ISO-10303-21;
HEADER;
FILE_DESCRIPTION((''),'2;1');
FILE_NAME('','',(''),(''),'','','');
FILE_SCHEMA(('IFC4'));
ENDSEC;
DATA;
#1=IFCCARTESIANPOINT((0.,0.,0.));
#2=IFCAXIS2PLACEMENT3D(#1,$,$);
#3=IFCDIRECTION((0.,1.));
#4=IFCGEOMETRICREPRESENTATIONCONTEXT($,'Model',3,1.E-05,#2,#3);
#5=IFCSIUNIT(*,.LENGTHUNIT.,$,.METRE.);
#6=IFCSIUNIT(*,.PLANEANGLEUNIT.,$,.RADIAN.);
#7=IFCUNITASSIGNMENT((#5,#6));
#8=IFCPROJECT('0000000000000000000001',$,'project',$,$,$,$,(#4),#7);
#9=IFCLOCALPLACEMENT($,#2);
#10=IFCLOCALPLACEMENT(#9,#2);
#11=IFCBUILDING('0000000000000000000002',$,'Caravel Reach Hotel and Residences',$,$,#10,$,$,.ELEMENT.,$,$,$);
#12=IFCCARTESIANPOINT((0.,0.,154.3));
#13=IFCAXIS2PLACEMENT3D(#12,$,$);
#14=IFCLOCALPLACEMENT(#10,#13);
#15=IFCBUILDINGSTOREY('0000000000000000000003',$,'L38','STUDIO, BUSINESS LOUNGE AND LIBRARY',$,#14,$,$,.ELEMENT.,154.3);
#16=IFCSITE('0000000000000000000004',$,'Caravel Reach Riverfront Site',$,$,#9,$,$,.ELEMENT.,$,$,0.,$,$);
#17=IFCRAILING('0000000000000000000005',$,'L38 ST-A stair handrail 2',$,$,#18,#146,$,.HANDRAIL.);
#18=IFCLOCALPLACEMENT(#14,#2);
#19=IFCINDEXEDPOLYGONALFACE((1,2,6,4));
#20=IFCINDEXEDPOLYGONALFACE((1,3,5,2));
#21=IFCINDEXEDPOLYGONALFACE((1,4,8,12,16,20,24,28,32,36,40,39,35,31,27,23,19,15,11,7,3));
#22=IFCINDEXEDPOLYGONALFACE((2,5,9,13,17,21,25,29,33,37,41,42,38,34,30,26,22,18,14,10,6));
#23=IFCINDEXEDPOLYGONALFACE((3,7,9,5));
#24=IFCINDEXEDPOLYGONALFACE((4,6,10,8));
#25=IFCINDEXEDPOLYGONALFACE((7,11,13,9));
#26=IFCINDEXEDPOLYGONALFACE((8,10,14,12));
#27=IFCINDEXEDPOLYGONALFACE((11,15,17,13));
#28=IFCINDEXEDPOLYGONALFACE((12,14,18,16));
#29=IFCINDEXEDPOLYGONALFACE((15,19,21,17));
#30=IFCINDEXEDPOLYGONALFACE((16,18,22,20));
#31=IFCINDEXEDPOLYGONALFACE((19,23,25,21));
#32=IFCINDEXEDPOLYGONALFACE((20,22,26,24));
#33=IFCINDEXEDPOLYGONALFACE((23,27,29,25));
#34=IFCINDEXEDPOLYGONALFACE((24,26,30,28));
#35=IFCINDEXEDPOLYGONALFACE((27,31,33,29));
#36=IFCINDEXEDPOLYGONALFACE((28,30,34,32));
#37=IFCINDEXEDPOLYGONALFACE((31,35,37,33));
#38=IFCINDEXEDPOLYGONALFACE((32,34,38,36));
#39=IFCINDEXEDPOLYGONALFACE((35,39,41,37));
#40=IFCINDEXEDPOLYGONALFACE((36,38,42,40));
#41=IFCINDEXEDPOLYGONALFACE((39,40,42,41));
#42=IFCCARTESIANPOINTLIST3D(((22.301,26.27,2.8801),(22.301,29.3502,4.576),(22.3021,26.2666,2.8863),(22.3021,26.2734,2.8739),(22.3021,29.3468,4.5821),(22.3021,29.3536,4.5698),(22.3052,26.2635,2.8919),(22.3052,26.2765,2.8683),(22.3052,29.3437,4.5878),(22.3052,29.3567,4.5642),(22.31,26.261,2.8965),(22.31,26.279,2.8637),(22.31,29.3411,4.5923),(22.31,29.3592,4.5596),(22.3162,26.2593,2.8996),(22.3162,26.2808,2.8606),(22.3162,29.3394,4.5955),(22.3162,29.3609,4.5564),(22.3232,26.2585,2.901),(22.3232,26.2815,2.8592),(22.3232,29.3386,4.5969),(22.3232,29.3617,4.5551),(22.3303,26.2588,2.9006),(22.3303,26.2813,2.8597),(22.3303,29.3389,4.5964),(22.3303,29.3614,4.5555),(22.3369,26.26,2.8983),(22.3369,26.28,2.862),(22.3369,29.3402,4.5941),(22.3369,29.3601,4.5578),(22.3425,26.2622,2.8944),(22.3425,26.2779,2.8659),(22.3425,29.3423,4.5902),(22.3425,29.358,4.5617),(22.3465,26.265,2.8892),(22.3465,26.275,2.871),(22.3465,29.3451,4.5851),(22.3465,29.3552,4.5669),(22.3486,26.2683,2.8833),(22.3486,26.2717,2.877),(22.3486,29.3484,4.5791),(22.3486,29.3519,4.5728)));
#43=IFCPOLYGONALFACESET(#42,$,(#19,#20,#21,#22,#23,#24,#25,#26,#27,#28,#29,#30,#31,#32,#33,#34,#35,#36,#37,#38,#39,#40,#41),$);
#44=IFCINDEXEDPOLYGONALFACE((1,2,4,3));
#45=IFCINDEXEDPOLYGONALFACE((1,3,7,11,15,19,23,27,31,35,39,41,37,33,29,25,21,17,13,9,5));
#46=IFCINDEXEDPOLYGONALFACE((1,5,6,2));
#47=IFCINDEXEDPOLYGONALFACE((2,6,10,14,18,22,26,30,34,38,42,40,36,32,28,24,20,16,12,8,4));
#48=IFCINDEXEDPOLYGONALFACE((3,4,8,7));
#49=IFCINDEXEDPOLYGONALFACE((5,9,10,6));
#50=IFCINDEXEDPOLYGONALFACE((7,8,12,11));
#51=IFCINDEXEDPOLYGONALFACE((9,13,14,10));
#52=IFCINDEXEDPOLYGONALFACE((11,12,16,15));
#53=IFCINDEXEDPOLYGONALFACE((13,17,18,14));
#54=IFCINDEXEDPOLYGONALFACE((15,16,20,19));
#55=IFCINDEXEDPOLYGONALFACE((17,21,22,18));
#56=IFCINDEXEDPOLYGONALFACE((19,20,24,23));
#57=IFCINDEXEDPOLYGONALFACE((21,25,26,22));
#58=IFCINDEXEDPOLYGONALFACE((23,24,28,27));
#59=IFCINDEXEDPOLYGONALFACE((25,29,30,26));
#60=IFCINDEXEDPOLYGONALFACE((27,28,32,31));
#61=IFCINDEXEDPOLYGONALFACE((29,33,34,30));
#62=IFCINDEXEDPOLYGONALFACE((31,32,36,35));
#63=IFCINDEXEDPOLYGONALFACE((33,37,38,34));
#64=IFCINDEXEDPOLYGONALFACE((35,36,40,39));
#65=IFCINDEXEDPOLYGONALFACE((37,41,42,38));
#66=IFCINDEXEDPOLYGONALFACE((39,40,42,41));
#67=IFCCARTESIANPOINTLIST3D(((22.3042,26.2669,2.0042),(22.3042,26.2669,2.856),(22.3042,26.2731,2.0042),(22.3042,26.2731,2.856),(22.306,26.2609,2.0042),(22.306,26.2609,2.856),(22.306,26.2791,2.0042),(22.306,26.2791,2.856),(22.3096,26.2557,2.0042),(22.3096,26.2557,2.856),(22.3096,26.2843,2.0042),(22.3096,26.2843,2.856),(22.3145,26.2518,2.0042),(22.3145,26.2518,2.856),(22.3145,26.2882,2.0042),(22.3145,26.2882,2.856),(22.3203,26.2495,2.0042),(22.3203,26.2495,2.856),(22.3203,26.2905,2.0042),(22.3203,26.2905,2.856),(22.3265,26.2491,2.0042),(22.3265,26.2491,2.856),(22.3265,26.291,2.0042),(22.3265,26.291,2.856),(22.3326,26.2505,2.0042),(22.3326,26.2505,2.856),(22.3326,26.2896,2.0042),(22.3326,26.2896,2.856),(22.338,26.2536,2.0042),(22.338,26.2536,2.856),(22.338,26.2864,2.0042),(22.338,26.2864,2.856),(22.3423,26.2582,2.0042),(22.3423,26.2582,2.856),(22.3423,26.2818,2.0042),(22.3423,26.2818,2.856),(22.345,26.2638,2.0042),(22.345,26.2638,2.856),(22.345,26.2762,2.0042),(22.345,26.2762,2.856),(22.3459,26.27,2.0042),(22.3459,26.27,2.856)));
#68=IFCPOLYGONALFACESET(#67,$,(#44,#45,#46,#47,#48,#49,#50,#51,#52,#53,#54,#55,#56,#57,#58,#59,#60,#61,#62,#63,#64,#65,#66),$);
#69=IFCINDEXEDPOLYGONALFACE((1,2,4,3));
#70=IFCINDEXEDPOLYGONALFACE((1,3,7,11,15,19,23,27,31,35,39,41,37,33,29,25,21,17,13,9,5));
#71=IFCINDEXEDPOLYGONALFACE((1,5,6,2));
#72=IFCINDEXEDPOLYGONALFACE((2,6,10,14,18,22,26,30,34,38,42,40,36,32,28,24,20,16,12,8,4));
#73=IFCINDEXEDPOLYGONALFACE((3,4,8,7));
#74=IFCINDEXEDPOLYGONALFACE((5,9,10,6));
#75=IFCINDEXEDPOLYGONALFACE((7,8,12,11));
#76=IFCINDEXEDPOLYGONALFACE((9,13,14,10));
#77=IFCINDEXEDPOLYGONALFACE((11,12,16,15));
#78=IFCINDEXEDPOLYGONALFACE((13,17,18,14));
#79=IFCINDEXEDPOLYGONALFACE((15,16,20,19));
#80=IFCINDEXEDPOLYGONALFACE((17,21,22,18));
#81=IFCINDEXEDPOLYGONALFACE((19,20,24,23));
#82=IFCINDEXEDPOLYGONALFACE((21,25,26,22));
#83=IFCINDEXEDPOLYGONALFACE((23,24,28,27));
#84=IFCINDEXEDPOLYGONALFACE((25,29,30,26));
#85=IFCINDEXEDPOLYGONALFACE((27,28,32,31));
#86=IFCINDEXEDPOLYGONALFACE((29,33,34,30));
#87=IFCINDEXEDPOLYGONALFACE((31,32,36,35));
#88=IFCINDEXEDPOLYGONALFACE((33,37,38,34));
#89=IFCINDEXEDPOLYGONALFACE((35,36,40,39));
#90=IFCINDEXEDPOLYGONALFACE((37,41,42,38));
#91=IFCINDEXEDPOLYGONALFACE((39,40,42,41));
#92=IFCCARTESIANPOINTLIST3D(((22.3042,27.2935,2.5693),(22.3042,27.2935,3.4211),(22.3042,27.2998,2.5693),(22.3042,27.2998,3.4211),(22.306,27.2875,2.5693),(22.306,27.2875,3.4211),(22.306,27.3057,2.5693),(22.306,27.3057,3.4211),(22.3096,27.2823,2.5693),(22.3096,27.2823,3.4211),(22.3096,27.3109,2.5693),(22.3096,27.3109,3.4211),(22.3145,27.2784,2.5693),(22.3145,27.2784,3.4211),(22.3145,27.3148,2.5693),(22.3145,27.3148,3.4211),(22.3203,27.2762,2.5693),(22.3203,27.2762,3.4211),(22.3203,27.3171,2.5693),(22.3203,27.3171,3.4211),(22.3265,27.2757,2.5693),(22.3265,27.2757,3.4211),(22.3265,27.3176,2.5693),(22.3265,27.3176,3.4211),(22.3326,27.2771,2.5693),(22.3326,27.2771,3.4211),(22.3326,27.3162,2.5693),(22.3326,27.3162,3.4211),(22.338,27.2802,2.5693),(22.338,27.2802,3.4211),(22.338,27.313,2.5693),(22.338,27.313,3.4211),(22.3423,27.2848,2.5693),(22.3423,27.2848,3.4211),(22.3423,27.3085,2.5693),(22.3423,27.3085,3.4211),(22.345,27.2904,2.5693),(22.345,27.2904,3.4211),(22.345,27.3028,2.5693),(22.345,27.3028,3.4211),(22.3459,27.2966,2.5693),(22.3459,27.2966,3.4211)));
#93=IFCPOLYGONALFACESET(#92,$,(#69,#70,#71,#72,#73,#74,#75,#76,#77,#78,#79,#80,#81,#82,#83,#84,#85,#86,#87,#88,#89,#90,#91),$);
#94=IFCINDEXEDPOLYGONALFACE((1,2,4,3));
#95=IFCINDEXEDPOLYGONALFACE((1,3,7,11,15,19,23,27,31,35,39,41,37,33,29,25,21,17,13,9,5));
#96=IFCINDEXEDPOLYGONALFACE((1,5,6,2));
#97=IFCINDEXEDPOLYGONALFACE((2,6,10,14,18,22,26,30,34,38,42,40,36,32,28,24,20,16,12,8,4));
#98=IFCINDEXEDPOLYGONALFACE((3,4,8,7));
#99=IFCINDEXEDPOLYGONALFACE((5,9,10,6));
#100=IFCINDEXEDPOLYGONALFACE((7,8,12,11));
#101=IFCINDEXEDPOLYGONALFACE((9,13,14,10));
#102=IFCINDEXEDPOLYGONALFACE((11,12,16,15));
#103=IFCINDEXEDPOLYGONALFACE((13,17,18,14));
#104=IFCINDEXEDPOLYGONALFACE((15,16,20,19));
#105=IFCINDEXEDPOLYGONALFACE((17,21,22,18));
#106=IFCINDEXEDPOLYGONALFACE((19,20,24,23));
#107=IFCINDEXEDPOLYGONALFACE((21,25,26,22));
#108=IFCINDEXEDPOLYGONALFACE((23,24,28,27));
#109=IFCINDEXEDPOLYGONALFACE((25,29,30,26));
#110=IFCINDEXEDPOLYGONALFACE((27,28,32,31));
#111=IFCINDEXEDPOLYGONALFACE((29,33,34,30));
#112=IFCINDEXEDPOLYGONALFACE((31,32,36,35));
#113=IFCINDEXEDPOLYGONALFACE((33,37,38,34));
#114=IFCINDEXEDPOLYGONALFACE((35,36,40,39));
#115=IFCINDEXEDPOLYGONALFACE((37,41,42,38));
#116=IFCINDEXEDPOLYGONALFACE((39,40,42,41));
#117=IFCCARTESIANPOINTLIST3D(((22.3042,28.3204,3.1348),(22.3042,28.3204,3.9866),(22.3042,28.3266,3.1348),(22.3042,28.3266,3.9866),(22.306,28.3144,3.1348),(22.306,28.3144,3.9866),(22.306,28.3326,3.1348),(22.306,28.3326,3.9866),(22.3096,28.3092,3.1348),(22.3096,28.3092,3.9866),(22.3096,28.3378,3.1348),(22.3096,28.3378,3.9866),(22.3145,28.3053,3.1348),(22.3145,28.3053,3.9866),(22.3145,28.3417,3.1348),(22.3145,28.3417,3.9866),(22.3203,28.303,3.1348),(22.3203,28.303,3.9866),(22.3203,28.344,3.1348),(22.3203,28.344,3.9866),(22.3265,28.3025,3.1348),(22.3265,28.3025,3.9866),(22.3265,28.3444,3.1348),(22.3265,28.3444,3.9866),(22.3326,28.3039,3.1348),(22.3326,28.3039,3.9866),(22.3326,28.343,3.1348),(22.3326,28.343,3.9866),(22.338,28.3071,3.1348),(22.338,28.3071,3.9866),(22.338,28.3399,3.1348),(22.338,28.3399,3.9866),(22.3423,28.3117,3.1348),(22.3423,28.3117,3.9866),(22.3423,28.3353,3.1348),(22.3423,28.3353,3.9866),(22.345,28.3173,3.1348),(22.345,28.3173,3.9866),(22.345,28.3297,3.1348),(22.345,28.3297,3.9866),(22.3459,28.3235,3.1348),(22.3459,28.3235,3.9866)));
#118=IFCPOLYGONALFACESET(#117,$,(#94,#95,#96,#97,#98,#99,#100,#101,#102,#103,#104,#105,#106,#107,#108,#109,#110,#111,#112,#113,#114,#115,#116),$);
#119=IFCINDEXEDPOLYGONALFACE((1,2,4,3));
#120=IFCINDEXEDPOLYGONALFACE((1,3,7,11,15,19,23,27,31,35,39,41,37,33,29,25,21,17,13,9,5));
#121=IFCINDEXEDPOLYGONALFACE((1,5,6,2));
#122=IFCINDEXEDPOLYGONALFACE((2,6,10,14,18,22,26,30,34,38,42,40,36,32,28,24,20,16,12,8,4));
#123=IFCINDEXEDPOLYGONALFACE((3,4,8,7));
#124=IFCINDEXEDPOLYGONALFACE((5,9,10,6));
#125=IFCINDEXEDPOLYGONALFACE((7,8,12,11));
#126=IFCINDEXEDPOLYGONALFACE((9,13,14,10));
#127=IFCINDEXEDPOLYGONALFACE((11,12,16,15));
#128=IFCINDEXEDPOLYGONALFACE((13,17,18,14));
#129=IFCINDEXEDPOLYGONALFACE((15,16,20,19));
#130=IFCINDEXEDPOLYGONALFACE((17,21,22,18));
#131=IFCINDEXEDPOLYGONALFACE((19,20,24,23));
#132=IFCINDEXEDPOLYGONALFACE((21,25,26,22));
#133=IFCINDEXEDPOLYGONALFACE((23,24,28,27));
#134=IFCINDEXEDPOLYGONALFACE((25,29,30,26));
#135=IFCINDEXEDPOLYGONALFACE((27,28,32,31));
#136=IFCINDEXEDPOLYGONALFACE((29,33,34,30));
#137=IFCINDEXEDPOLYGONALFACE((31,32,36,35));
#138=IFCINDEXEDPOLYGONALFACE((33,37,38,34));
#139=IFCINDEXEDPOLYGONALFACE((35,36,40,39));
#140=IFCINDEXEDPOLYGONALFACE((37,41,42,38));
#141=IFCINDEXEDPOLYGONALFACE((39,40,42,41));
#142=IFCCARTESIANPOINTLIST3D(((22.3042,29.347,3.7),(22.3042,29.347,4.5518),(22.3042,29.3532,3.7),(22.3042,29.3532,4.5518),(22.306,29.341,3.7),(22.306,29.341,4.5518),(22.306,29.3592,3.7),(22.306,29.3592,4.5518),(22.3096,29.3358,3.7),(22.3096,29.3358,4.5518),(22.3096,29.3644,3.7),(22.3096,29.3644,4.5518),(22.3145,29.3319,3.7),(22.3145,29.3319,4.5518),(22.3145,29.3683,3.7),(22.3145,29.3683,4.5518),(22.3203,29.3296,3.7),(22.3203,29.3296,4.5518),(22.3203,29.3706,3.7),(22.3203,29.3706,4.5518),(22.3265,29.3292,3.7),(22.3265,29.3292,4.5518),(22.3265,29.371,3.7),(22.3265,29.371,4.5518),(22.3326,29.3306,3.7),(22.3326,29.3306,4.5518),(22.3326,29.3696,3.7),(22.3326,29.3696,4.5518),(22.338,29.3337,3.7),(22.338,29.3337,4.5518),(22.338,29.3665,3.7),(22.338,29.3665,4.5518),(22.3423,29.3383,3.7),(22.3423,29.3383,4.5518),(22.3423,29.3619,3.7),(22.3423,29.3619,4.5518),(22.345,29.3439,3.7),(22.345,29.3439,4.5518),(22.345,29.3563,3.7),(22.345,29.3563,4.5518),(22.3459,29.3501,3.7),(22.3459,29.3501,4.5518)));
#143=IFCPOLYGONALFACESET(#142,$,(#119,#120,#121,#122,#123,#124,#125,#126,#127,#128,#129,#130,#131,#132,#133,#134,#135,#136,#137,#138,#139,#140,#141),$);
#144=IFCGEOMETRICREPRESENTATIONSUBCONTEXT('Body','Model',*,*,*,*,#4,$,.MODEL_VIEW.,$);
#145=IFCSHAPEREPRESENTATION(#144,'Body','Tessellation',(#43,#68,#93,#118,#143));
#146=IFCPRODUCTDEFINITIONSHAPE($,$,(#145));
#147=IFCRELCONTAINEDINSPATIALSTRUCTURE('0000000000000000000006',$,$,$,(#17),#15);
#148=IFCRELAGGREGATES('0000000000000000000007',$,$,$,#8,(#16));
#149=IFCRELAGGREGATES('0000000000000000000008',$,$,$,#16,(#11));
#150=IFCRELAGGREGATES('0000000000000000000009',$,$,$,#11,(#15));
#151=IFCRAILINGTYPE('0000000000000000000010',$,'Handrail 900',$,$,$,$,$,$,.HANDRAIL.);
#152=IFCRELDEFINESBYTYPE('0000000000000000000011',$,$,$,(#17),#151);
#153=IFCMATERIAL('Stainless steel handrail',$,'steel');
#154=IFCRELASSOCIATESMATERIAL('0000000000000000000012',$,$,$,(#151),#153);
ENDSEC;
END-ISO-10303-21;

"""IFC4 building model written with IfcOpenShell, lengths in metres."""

from ifc_helpers import new_model, si_unit, direction, frame, origin, origin_2d, place, context, subcontext, project, spatial, circle, extrude, material, type_object, element, save


model = new_model("IFC4")

# Units and contexts
model_context = context("Model", 3, precision=1e-05, world=origin(), true_north=direction((0.0, 1.0)))
body_context = subcontext(model_context, "Body", "Model", "MODEL_VIEW")
ifc_project = project(units=[si_unit("LENGTHUNIT", "METRE"), si_unit("PLANEANGLEUNIT", "RADIAN")], contexts=[model_context])

# Site, building, storey
site_placement = place(None, origin())
site = spatial("IfcSite", under=ifc_project, at=site_placement, Name="Caravel Reach Riverfront Site", CompositionType="ELEMENT", RefElevation=0.0)
building_placement = place(site_placement, origin())
building = spatial("IfcBuilding", under=site, at=building_placement, Name="Caravel Reach Hotel and Residences", CompositionType="ELEMENT")
storey_placement = place(building_placement, frame((0.0, 0.0, 154.3)))
storey = spatial("IfcBuildingStorey", under=building, at=storey_placement, Name="L38", Description="STUDIO, BUSINESS LOUNGE AND LIBRARY", CompositionType="ELEMENT", Elevation=154.3)

# Railing
ifc_material_1 = material(Name="Stainless steel handrail", Category="steel")
railing_type_1 = type_object("IfcRailingType", Name="Handrail 900", PredefinedType="HANDRAIL", material=ifc_material_1)
railing_1_placement = place(storey_placement, frame((22.325, 26.27, 2.0042)))
element("IfcRailing", 1, at=railing_1_placement, inside=storey, type_object=railing_type_1, Name="L38 ST-A stair handrail 2", PredefinedType="HANDRAIL", context=body_context, shape_type="SweptSolid", body=[
    extrude(circle(Radius=0.0239, at=origin_2d()), frame((0.0, 0.0, 0.876), z_axis=(0.0, 0.876005, 0.482303), x_axis=(-1.0, 0.0, 0.0)), (0.0, 0.0, 1.0), 3.5161),
    extrude(circle(Radius=0.021, at=origin_2d()), origin(), (0.0, 0.0, 1.0), 0.8518),
    extrude(circle(Radius=0.021, at=origin_2d()), frame((0.0, 1.0266, 0.5652)), (0.0, 0.0, 1.0), 0.8518),
    extrude(circle(Radius=0.021, at=origin_2d()), frame((0.0, 2.0535, 1.1306)), (0.0, 0.0, 1.0), 0.8518),
    extrude(circle(Radius=0.021, at=origin_2d()), frame((0.0, 3.0801, 1.6958)), (0.0, 0.0, 1.0), 0.8518),
])

save(model, "model.ifc")
